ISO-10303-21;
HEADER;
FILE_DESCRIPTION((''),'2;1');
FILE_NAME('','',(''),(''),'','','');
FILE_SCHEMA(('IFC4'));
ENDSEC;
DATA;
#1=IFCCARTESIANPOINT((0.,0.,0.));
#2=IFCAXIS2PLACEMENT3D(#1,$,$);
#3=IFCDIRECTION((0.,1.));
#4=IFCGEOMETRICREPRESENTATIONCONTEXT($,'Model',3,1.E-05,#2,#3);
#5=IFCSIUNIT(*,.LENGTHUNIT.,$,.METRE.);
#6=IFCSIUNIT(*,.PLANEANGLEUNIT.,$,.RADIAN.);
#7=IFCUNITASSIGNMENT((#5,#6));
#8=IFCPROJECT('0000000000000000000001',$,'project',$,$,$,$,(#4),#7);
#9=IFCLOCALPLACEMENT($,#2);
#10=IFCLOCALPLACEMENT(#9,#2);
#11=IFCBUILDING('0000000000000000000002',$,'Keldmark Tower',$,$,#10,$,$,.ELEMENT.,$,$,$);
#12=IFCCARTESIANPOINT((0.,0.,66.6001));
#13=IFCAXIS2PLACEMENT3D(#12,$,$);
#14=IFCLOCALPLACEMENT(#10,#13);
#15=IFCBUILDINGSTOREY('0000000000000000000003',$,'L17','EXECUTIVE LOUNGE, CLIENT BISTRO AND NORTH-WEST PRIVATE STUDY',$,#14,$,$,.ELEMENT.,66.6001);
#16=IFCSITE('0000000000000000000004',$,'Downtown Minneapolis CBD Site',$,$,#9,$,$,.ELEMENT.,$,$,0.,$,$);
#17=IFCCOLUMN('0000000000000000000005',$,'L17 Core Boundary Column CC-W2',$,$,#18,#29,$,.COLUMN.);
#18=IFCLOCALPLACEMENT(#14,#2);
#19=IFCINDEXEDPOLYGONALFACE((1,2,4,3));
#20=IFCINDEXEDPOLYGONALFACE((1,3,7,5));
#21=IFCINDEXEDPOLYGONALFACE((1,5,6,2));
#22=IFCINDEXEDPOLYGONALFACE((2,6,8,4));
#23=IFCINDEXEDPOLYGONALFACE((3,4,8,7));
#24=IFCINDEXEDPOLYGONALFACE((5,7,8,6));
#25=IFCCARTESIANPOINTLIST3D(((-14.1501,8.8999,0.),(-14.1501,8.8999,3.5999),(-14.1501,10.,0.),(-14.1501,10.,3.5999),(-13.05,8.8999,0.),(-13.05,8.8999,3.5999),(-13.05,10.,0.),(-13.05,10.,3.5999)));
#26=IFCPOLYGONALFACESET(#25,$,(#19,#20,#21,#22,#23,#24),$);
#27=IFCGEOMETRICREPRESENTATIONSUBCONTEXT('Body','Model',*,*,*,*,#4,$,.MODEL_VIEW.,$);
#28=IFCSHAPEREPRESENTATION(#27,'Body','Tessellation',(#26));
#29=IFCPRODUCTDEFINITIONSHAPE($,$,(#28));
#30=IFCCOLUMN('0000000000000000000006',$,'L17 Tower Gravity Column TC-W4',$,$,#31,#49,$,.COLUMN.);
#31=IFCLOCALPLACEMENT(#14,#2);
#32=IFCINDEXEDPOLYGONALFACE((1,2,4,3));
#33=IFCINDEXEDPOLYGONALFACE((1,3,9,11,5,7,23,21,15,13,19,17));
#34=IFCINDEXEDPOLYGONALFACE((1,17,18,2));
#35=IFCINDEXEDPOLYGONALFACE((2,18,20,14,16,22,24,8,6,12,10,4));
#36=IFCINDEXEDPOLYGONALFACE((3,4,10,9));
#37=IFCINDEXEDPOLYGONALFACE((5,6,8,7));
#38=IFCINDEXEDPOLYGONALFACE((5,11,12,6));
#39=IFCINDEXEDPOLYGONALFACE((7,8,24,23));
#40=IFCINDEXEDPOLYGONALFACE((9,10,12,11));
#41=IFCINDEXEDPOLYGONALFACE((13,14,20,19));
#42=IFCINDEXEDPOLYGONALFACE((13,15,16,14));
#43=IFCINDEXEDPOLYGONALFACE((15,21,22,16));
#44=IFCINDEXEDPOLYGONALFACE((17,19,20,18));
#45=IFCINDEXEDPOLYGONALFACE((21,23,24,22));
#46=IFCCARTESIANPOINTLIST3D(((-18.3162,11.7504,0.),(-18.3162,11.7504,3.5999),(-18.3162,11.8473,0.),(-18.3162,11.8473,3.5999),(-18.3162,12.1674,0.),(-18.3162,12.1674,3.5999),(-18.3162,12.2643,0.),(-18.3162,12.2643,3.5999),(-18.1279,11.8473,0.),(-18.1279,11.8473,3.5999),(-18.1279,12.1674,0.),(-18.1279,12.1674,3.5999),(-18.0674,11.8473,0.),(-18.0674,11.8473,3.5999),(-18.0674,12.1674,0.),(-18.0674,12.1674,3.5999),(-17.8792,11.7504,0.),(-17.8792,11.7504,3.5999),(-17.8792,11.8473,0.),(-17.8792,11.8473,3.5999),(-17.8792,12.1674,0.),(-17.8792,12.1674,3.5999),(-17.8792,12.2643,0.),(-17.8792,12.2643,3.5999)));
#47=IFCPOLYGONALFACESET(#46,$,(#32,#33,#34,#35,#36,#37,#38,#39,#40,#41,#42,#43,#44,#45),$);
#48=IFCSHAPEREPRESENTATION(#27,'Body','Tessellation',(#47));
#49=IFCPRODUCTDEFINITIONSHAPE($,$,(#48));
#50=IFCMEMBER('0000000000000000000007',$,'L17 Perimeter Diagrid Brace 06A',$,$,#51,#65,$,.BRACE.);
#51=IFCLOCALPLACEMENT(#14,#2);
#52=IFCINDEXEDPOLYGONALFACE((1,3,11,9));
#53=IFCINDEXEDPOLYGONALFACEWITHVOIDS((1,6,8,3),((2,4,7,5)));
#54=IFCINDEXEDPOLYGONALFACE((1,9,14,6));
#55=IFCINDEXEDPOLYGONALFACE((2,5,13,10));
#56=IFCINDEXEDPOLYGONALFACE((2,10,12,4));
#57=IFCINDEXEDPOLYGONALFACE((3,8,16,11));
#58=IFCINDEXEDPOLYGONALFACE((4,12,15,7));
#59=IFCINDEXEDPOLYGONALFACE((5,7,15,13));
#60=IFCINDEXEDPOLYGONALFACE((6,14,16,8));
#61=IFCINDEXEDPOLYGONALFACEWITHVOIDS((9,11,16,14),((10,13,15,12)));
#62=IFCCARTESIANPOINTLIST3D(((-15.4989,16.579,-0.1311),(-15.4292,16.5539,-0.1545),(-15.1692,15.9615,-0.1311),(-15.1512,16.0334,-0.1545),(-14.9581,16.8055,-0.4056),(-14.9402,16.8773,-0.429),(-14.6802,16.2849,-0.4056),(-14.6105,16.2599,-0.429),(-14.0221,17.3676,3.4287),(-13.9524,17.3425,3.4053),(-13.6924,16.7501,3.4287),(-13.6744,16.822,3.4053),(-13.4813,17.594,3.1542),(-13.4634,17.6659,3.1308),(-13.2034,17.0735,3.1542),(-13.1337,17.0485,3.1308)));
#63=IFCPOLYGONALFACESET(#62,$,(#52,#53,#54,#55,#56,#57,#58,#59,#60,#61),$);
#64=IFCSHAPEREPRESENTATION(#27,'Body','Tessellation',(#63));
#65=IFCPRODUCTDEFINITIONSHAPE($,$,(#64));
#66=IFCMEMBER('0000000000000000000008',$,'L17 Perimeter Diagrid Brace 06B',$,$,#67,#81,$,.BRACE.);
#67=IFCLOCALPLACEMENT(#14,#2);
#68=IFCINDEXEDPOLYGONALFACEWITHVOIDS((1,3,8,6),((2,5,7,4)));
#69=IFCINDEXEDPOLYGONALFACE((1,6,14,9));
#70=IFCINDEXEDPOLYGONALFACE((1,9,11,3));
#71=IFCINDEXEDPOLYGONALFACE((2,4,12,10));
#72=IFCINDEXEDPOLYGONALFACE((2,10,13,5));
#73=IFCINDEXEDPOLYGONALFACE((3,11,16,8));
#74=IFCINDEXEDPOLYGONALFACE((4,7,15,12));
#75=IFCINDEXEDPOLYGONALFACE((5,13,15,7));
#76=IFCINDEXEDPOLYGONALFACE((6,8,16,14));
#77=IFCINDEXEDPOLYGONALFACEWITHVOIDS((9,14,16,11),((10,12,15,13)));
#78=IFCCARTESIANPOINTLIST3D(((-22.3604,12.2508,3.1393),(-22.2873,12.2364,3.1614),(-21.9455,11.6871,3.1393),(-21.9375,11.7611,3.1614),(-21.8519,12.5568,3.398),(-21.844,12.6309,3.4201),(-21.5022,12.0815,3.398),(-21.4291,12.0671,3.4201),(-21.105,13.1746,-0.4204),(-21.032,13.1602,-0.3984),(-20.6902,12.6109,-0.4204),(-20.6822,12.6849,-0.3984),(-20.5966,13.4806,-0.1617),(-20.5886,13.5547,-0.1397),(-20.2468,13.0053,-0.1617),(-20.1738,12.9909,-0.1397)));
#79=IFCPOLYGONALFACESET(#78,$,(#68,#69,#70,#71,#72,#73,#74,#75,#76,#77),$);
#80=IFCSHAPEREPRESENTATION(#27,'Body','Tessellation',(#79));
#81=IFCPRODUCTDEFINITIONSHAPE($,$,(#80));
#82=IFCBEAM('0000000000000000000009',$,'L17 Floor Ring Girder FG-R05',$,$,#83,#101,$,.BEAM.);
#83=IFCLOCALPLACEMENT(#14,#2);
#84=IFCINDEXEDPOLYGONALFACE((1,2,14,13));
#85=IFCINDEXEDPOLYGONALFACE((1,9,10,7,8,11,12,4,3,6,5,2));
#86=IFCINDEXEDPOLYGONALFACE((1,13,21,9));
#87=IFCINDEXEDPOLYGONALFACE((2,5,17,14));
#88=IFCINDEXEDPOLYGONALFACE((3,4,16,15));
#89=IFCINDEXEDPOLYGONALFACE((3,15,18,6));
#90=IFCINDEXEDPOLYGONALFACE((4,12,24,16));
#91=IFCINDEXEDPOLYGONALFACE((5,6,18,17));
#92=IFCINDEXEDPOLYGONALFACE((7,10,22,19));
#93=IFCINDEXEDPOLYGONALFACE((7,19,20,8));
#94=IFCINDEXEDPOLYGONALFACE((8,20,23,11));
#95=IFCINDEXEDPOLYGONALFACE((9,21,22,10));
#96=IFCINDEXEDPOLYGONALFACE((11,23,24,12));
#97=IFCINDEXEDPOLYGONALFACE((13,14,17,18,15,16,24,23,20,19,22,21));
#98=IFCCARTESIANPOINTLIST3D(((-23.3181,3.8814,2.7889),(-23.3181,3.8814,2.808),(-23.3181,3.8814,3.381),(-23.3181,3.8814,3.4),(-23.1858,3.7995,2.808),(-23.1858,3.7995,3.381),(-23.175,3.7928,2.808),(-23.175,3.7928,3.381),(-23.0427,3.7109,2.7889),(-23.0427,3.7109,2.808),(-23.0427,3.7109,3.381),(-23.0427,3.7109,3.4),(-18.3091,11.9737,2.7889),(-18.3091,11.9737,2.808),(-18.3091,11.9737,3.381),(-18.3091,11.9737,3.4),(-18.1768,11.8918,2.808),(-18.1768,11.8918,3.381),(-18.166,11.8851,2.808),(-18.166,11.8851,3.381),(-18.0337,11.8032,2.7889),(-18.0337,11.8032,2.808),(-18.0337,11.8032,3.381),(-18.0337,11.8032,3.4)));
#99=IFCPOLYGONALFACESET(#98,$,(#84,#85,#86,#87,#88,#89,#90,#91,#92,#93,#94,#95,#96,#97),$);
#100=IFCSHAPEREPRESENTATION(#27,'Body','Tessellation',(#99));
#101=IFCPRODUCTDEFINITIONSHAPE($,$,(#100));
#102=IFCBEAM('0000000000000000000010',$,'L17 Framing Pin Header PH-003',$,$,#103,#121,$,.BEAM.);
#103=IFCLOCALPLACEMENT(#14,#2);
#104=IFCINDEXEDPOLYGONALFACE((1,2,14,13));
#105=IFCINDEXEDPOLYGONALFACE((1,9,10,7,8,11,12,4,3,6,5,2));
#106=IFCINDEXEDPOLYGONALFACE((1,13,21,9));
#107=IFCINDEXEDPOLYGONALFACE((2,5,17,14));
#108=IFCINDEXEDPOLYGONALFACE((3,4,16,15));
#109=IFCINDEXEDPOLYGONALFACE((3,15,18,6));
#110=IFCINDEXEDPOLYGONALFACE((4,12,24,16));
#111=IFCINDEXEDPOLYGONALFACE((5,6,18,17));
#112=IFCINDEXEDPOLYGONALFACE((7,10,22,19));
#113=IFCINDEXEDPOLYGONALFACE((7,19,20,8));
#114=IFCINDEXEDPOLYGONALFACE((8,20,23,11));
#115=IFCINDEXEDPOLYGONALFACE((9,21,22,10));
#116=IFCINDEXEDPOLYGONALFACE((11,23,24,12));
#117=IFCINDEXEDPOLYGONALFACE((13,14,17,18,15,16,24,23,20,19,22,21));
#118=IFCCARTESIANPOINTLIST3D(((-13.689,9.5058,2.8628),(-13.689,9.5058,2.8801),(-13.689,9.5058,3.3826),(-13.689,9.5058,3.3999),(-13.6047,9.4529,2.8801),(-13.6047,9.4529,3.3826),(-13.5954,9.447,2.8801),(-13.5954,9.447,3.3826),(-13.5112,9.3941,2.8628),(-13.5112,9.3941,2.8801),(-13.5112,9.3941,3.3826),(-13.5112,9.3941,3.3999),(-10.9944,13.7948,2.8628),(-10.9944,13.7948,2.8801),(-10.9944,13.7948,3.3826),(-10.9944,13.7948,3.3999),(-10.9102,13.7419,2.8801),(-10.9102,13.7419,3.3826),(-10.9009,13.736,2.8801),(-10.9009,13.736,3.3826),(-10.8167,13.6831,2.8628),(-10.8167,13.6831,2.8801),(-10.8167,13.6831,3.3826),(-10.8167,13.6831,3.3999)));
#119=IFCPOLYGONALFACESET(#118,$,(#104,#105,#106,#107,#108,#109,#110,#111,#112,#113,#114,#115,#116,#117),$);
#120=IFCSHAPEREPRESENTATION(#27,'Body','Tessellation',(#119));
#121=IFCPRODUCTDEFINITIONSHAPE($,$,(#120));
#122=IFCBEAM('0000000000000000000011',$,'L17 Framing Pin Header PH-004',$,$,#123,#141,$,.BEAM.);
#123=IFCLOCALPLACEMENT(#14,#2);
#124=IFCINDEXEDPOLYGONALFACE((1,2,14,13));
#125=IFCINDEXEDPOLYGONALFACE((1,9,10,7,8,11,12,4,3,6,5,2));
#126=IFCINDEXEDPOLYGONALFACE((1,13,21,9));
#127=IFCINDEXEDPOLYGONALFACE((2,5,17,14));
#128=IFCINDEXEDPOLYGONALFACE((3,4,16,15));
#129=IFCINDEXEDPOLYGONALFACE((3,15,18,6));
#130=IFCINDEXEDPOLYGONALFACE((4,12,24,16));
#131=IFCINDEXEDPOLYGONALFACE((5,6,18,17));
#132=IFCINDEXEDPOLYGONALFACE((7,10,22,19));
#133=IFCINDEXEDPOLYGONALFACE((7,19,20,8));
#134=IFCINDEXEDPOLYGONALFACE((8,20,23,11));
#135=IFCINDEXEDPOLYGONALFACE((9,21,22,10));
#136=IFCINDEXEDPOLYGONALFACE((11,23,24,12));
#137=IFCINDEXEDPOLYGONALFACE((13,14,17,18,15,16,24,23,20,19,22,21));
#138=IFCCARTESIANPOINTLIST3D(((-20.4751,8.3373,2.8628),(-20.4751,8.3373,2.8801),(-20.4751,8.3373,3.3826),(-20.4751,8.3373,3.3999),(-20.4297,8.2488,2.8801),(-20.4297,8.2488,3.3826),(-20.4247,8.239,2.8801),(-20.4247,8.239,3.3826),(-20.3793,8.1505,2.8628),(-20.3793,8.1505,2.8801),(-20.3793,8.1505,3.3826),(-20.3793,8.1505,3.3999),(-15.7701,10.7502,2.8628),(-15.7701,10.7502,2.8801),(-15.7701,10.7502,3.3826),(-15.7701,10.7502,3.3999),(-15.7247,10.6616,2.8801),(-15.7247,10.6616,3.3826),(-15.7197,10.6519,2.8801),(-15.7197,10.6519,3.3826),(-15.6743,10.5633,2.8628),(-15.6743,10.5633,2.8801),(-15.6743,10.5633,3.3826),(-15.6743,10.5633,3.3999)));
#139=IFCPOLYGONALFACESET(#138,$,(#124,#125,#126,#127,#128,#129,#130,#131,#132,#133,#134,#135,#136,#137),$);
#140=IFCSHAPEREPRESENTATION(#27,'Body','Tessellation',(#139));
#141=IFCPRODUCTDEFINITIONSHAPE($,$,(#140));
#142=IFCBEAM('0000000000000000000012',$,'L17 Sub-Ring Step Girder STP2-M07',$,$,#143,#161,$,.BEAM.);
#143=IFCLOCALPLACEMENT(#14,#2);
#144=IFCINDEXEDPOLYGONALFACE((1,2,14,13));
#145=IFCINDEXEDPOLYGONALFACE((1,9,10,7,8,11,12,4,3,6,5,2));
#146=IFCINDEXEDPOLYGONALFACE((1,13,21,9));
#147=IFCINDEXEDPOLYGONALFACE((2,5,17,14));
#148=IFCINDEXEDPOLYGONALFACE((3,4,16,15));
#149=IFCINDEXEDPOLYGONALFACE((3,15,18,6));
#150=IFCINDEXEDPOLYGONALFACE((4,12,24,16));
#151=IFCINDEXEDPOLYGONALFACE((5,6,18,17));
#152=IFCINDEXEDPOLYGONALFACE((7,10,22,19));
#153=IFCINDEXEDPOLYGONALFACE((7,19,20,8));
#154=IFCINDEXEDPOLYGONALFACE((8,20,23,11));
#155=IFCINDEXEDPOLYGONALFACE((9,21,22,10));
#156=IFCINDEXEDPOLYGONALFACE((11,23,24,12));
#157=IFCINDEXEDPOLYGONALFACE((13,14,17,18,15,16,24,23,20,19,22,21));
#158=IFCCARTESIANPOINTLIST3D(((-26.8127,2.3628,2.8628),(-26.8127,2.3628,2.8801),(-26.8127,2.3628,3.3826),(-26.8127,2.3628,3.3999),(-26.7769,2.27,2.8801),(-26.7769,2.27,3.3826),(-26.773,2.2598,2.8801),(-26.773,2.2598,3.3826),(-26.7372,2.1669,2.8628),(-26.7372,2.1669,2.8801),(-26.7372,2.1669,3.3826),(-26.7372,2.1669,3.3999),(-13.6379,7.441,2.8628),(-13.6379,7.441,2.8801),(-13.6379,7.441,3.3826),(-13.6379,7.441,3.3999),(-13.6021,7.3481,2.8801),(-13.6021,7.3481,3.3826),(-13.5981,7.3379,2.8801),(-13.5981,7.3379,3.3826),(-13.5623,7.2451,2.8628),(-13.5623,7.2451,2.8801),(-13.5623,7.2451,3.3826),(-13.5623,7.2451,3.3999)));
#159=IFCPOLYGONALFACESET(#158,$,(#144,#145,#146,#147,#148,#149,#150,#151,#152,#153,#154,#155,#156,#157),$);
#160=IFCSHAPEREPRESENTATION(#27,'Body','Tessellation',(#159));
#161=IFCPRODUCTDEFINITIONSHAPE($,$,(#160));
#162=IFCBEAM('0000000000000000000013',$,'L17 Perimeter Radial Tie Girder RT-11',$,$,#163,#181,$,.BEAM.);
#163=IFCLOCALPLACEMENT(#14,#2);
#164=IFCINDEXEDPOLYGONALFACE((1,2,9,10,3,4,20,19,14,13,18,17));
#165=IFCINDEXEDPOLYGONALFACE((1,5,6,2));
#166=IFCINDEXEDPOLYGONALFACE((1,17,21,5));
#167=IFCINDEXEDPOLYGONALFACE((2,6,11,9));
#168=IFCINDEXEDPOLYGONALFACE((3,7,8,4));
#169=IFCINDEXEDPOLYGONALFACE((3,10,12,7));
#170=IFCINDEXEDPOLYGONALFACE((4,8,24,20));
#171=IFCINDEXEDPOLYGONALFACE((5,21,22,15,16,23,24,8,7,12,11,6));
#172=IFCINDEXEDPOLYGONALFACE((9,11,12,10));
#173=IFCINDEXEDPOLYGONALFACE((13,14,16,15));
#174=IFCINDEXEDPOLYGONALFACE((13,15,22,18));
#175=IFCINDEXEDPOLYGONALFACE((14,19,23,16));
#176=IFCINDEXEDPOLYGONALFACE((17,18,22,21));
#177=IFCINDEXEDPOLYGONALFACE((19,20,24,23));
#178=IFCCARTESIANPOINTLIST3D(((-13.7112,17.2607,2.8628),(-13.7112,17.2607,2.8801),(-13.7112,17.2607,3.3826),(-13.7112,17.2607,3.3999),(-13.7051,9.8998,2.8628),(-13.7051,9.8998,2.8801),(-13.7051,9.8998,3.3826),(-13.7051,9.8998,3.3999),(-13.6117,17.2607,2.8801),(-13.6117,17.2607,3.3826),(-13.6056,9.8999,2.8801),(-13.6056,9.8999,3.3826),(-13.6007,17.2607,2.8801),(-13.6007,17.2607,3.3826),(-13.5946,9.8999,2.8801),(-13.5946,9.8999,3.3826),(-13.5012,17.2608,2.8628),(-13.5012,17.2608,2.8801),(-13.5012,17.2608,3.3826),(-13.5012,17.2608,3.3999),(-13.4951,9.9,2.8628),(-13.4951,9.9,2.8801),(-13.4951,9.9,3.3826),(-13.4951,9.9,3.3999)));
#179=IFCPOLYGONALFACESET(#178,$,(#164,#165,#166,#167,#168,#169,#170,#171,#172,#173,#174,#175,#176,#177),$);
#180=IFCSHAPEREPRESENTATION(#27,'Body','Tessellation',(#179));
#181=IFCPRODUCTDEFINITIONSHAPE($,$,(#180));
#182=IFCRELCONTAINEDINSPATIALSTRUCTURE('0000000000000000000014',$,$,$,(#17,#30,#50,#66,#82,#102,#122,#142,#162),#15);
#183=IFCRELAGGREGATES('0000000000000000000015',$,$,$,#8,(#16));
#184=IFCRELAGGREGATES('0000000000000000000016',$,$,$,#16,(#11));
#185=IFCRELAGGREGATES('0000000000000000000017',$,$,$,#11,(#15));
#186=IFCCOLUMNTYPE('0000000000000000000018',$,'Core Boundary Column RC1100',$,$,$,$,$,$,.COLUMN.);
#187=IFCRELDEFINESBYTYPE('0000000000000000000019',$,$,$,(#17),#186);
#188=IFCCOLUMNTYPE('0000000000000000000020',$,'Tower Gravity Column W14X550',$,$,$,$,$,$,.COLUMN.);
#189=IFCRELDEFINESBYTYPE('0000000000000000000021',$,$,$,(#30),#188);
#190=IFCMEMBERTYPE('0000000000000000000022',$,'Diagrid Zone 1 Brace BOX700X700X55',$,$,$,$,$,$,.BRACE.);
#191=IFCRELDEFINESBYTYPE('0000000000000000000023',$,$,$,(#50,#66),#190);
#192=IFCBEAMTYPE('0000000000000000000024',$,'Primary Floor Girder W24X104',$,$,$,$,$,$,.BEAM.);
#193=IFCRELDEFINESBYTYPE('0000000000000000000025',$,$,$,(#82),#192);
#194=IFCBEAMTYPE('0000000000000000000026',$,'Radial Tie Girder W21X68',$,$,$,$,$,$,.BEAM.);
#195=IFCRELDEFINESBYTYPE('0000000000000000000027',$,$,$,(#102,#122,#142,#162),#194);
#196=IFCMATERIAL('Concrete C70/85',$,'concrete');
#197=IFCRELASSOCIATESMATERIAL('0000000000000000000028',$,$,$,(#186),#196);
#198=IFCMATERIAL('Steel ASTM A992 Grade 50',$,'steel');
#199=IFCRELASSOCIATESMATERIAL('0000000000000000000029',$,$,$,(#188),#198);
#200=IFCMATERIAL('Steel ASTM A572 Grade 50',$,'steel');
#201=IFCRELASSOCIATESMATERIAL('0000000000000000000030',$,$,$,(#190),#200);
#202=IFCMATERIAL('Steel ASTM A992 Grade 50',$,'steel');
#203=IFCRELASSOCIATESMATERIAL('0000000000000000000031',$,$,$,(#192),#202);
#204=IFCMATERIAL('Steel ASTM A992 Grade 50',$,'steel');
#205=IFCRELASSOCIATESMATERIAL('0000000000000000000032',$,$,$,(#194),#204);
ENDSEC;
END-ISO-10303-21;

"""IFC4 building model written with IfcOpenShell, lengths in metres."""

from ifc_helpers import new_model, si_unit, direction, frame, origin, origin_2d, place, context, subcontext, project, spatial, rectangle, hollow_rectangle, i_section, extrude, material, material_profile, profile_set, type_object, element, save


model = new_model("IFC4")

# Units and contexts
model_context = context("Model", 3, precision=1e-05, world=origin(), true_north=direction((0.0, 1.0)))
body_context = subcontext(model_context, "Body", "Model", "MODEL_VIEW")
ifc_project = project(units=[si_unit("LENGTHUNIT", "METRE"), si_unit("PLANEANGLEUNIT", "RADIAN")], contexts=[model_context])

# Site, building, storey
site_placement = place(None, origin())
site = spatial("IfcSite", under=ifc_project, at=site_placement, Name="Downtown Minneapolis CBD Site", CompositionType="ELEMENT", RefElevation=0.0)
building_placement = place(site_placement, origin())
building = spatial("IfcBuilding", under=site, at=building_placement, Name="Keldmark Tower", CompositionType="ELEMENT")
storey_placement = place(building_placement, frame((0.0, 0.0, 66.6001)))
storey = spatial("IfcBuildingStorey", under=building, at=storey_placement, Name="L17", Description="EXECUTIVE LOUNGE, CLIENT BISTRO AND NORTH-WEST PRIVATE STUDY", CompositionType="ELEMENT", Elevation=66.6001)

# Columns
ifc_material_1 = material(Name="Concrete C70/85", Category="concrete")
ifc_material_profile_1 = material_profile(ifc_material_1, rectangle(XDim=1.1001, YDim=1.1001, at=origin_2d()), Name="RC1100X1100")
ifc_profile_set_1 = profile_set([ifc_material_profile_1], Name="Concrete C70/85")
column_type_1 = type_object("IfcColumnType", Name="Core Boundary Column RC1100", PredefinedType="COLUMN", material=ifc_profile_set_1)
column_1_placement = place(storey_placement, frame((-13.6001, 9.45, 0.0), z_axis=(0.0, 0.0, 1.0), x_axis=(1.0, 0.0, 0.0)))
element("IfcColumn", 1, at=column_1_placement, inside=storey, type_object=column_type_1, Name="L17 Core Boundary Column CC-W2", PredefinedType="COLUMN", context=body_context, shape_type="SweptSolid", body=[
    extrude(rectangle(XDim=1.1001, YDim=1.1001, at=origin_2d()), origin(), (0.0, 0.0, 1.0), 3.5999),
])
ifc_material_2 = material(Name="Steel ASTM A992 Grade 50", Category="steel")
ifc_material_profile_2 = material_profile(ifc_material_2, i_section(OverallWidth=0.437, OverallDepth=0.5139, WebThickness=0.0605, FlangeThickness=0.0969, at=origin_2d()), Name="W14X550")
ifc_profile_set_2 = profile_set([ifc_material_profile_2], Name="Steel ASTM A992 Grade 50")
column_type_2 = type_object("IfcColumnType", Name="Tower Gravity Column W14X550", PredefinedType="COLUMN", material=ifc_profile_set_2)
column_2_placement = place(storey_placement, frame((-18.0977, 12.0073, 0.0), z_axis=(0.0, 0.0, 1.0), x_axis=(1.0, 0.0, 0.0)))
element("IfcColumn", 2, at=column_2_placement, inside=storey, type_object=column_type_2, Name="L17 Tower Gravity Column TC-W4", PredefinedType="COLUMN", context=body_context, shape_type="SweptSolid", body=[
    extrude(i_section(OverallWidth=0.437, OverallDepth=0.5139, WebThickness=0.0605, FlangeThickness=0.0969, at=origin_2d()), origin(), (0.0, 0.0, 1.0), 3.5999),
])

# Members
ifc_material_3 = material(Name="Steel ASTM A572 Grade 50", Category="steel")
ifc_material_profile_3 = material_profile(ifc_material_3, hollow_rectangle(XDim=0.7, YDim=0.7, WallThickness=0.0549, at=origin_2d()), Name="BOX700X700X55")
ifc_profile_set_3 = profile_set([ifc_material_profile_3], Name="Steel ASTM A572 Grade 50")
member_type = type_object("IfcMemberType", Name="Diagrid Zone 1 Brace BOX700X700X55", PredefinedType="BRACE", material=ifc_profile_set_3)
member_1_placement = place(storey_placement, frame((-15.0547, 16.4194, -0.28), z_axis=(0.375411, 0.200459, 0.904921), x_axis=(-0.471027, 0.882119, 0.0)))
element("IfcMember", 3, at=member_1_placement, inside=storey, type_object=member_type, Name="L17 Perimeter Diagrid Brace 06A", PredefinedType="BRACE", context=body_context, shape_type="SweptSolid", body=[
    extrude(hollow_rectangle(XDim=0.7, YDim=0.7, WallThickness=0.0549, at=origin_2d()), origin(), (0.0, 0.0, 1.0), 3.9338),
])
member_2_placement = place(storey_placement, frame((-20.6394, 13.0828, -0.28), z_axis=(-0.323042, -0.237727, 0.91604), x_axis=(0.592707, -0.805418, 0.0)))
element("IfcMember", 4, at=member_2_placement, inside=storey, type_object=member_type, Name="L17 Perimeter Diagrid Brace 06B", PredefinedType="BRACE", context=body_context, shape_type="SweptSolid", body=[
    extrude(hollow_rectangle(XDim=0.7, YDim=0.7, WallThickness=0.0549, at=origin_2d()), origin(), (0.0, 0.0, 1.0), 3.886),
])

# Beams
ifc_material_4 = material(Name="Steel ASTM A992 Grade 50", Category="steel")
ifc_material_profile_4 = material_profile(ifc_material_4, i_section(OverallWidth=0.324, OverallDepth=0.6111, WebThickness=0.0127, FlangeThickness=0.019, at=origin_2d()), Name="W24X104")
ifc_profile_set_4 = profile_set([ifc_material_profile_4], Name="Steel ASTM A992 Grade 50")
beam_type_1 = type_object("IfcBeamType", Name="Primary Floor Girder W24X104", PredefinedType="BEAM", material=ifc_profile_set_4)
beam_1_placement = place(storey_placement, frame((-18.1714, 11.8884, 3.0945), z_axis=(-0.526318, -0.850288, 0.0), x_axis=(0.850288, -0.526318, 0.0)))
element("IfcBeam", 5, at=beam_1_placement, inside=storey, type_object=beam_type_1, Name="L17 Floor Ring Girder FG-R05", PredefinedType="BEAM", context=body_context, shape_type="SweptSolid", body=[
    extrude(i_section(OverallWidth=0.324, OverallDepth=0.6111, WebThickness=0.0127, FlangeThickness=0.019, at=origin_2d()), origin(), (0.0, 0.0, 1.0), 9.5171),
])
ifc_material_5 = material(Name="Steel ASTM A992 Grade 50", Category="steel")
ifc_material_profile_5 = material_profile(ifc_material_5, i_section(OverallWidth=0.21, OverallDepth=0.5371, WebThickness=0.011, FlangeThickness=0.0173, at=origin_2d()), Name="W21X68")
ifc_profile_set_5 = profile_set([ifc_material_profile_5], Name="Steel ASTM A992 Grade 50")
beam_type_2 = type_object("IfcBeamType", Name="Radial Tie Girder W21X68", PredefinedType="BEAM", material=ifc_profile_set_5)
beam_2_placement = place(storey_placement, frame((-13.6001, 9.45, 3.1313), z_axis=(0.531973, 0.846761, 0.0), x_axis=(-0.846761, 0.531973, 0.0)))
element("IfcBeam", 6, at=beam_2_placement, inside=storey, type_object=beam_type_2, Name="L17 Framing Pin Header PH-003", PredefinedType="BEAM", context=body_context, shape_type="SweptSolid", body=[
    extrude(i_section(OverallWidth=0.21, OverallDepth=0.5371, WebThickness=0.011, FlangeThickness=0.0173, at=origin_2d()), origin(), (0.0, 0.0, 1.0), 5.0652),
])
beam_3_placement = place(storey_placement, frame((-15.7222, 10.6567, 3.1313), z_axis=(-0.889819, -0.456314, 0.0), x_axis=(0.456314, -0.889819, 0.0)))
element("IfcBeam", 7, at=beam_3_placement, inside=storey, type_object=beam_type_2, Name="L17 Framing Pin Header PH-004", PredefinedType="BEAM", context=body_context, shape_type="SweptSolid", body=[
    extrude(i_section(OverallWidth=0.21, OverallDepth=0.5371, WebThickness=0.011, FlangeThickness=0.0173, at=origin_2d()), origin(), (0.0, 0.0, 1.0), 5.2876),
])
beam_4_placement = place(storey_placement, frame((-13.6001, 7.343, 3.1313), z_axis=(-0.933087, -0.359651, 0.0), x_axis=(0.359651, -0.933087, 0.0)))
element("IfcBeam", 8, at=beam_4_placement, inside=storey, type_object=beam_type_2, Name="L17 Sub-Ring Step Girder STP2-M07", PredefinedType="BEAM", context=body_context, shape_type="SweptSolid", body=[
    extrude(i_section(OverallWidth=0.21, OverallDepth=0.5371, WebThickness=0.011, FlangeThickness=0.0173, at=origin_2d()), origin(), (0.0, 0.0, 1.0), 14.1196),
])
beam_5_placement = place(storey_placement, frame((-13.6001, 9.8999, 3.1313), z_axis=(-0.000829, 1.0, 0.0), x_axis=(-1.0, -0.000829, 0.0)))
element("IfcBeam", 9, at=beam_5_placement, inside=storey, type_object=beam_type_2, Name="L17 Perimeter Radial Tie Girder RT-11", PredefinedType="BEAM", context=body_context, shape_type="SweptSolid", body=[
    extrude(i_section(OverallWidth=0.21, OverallDepth=0.5371, WebThickness=0.011, FlangeThickness=0.0173, at=origin_2d()), origin(), (0.0, 0.0, 1.0), 7.3608),
])

save(model, "model.ifc")
